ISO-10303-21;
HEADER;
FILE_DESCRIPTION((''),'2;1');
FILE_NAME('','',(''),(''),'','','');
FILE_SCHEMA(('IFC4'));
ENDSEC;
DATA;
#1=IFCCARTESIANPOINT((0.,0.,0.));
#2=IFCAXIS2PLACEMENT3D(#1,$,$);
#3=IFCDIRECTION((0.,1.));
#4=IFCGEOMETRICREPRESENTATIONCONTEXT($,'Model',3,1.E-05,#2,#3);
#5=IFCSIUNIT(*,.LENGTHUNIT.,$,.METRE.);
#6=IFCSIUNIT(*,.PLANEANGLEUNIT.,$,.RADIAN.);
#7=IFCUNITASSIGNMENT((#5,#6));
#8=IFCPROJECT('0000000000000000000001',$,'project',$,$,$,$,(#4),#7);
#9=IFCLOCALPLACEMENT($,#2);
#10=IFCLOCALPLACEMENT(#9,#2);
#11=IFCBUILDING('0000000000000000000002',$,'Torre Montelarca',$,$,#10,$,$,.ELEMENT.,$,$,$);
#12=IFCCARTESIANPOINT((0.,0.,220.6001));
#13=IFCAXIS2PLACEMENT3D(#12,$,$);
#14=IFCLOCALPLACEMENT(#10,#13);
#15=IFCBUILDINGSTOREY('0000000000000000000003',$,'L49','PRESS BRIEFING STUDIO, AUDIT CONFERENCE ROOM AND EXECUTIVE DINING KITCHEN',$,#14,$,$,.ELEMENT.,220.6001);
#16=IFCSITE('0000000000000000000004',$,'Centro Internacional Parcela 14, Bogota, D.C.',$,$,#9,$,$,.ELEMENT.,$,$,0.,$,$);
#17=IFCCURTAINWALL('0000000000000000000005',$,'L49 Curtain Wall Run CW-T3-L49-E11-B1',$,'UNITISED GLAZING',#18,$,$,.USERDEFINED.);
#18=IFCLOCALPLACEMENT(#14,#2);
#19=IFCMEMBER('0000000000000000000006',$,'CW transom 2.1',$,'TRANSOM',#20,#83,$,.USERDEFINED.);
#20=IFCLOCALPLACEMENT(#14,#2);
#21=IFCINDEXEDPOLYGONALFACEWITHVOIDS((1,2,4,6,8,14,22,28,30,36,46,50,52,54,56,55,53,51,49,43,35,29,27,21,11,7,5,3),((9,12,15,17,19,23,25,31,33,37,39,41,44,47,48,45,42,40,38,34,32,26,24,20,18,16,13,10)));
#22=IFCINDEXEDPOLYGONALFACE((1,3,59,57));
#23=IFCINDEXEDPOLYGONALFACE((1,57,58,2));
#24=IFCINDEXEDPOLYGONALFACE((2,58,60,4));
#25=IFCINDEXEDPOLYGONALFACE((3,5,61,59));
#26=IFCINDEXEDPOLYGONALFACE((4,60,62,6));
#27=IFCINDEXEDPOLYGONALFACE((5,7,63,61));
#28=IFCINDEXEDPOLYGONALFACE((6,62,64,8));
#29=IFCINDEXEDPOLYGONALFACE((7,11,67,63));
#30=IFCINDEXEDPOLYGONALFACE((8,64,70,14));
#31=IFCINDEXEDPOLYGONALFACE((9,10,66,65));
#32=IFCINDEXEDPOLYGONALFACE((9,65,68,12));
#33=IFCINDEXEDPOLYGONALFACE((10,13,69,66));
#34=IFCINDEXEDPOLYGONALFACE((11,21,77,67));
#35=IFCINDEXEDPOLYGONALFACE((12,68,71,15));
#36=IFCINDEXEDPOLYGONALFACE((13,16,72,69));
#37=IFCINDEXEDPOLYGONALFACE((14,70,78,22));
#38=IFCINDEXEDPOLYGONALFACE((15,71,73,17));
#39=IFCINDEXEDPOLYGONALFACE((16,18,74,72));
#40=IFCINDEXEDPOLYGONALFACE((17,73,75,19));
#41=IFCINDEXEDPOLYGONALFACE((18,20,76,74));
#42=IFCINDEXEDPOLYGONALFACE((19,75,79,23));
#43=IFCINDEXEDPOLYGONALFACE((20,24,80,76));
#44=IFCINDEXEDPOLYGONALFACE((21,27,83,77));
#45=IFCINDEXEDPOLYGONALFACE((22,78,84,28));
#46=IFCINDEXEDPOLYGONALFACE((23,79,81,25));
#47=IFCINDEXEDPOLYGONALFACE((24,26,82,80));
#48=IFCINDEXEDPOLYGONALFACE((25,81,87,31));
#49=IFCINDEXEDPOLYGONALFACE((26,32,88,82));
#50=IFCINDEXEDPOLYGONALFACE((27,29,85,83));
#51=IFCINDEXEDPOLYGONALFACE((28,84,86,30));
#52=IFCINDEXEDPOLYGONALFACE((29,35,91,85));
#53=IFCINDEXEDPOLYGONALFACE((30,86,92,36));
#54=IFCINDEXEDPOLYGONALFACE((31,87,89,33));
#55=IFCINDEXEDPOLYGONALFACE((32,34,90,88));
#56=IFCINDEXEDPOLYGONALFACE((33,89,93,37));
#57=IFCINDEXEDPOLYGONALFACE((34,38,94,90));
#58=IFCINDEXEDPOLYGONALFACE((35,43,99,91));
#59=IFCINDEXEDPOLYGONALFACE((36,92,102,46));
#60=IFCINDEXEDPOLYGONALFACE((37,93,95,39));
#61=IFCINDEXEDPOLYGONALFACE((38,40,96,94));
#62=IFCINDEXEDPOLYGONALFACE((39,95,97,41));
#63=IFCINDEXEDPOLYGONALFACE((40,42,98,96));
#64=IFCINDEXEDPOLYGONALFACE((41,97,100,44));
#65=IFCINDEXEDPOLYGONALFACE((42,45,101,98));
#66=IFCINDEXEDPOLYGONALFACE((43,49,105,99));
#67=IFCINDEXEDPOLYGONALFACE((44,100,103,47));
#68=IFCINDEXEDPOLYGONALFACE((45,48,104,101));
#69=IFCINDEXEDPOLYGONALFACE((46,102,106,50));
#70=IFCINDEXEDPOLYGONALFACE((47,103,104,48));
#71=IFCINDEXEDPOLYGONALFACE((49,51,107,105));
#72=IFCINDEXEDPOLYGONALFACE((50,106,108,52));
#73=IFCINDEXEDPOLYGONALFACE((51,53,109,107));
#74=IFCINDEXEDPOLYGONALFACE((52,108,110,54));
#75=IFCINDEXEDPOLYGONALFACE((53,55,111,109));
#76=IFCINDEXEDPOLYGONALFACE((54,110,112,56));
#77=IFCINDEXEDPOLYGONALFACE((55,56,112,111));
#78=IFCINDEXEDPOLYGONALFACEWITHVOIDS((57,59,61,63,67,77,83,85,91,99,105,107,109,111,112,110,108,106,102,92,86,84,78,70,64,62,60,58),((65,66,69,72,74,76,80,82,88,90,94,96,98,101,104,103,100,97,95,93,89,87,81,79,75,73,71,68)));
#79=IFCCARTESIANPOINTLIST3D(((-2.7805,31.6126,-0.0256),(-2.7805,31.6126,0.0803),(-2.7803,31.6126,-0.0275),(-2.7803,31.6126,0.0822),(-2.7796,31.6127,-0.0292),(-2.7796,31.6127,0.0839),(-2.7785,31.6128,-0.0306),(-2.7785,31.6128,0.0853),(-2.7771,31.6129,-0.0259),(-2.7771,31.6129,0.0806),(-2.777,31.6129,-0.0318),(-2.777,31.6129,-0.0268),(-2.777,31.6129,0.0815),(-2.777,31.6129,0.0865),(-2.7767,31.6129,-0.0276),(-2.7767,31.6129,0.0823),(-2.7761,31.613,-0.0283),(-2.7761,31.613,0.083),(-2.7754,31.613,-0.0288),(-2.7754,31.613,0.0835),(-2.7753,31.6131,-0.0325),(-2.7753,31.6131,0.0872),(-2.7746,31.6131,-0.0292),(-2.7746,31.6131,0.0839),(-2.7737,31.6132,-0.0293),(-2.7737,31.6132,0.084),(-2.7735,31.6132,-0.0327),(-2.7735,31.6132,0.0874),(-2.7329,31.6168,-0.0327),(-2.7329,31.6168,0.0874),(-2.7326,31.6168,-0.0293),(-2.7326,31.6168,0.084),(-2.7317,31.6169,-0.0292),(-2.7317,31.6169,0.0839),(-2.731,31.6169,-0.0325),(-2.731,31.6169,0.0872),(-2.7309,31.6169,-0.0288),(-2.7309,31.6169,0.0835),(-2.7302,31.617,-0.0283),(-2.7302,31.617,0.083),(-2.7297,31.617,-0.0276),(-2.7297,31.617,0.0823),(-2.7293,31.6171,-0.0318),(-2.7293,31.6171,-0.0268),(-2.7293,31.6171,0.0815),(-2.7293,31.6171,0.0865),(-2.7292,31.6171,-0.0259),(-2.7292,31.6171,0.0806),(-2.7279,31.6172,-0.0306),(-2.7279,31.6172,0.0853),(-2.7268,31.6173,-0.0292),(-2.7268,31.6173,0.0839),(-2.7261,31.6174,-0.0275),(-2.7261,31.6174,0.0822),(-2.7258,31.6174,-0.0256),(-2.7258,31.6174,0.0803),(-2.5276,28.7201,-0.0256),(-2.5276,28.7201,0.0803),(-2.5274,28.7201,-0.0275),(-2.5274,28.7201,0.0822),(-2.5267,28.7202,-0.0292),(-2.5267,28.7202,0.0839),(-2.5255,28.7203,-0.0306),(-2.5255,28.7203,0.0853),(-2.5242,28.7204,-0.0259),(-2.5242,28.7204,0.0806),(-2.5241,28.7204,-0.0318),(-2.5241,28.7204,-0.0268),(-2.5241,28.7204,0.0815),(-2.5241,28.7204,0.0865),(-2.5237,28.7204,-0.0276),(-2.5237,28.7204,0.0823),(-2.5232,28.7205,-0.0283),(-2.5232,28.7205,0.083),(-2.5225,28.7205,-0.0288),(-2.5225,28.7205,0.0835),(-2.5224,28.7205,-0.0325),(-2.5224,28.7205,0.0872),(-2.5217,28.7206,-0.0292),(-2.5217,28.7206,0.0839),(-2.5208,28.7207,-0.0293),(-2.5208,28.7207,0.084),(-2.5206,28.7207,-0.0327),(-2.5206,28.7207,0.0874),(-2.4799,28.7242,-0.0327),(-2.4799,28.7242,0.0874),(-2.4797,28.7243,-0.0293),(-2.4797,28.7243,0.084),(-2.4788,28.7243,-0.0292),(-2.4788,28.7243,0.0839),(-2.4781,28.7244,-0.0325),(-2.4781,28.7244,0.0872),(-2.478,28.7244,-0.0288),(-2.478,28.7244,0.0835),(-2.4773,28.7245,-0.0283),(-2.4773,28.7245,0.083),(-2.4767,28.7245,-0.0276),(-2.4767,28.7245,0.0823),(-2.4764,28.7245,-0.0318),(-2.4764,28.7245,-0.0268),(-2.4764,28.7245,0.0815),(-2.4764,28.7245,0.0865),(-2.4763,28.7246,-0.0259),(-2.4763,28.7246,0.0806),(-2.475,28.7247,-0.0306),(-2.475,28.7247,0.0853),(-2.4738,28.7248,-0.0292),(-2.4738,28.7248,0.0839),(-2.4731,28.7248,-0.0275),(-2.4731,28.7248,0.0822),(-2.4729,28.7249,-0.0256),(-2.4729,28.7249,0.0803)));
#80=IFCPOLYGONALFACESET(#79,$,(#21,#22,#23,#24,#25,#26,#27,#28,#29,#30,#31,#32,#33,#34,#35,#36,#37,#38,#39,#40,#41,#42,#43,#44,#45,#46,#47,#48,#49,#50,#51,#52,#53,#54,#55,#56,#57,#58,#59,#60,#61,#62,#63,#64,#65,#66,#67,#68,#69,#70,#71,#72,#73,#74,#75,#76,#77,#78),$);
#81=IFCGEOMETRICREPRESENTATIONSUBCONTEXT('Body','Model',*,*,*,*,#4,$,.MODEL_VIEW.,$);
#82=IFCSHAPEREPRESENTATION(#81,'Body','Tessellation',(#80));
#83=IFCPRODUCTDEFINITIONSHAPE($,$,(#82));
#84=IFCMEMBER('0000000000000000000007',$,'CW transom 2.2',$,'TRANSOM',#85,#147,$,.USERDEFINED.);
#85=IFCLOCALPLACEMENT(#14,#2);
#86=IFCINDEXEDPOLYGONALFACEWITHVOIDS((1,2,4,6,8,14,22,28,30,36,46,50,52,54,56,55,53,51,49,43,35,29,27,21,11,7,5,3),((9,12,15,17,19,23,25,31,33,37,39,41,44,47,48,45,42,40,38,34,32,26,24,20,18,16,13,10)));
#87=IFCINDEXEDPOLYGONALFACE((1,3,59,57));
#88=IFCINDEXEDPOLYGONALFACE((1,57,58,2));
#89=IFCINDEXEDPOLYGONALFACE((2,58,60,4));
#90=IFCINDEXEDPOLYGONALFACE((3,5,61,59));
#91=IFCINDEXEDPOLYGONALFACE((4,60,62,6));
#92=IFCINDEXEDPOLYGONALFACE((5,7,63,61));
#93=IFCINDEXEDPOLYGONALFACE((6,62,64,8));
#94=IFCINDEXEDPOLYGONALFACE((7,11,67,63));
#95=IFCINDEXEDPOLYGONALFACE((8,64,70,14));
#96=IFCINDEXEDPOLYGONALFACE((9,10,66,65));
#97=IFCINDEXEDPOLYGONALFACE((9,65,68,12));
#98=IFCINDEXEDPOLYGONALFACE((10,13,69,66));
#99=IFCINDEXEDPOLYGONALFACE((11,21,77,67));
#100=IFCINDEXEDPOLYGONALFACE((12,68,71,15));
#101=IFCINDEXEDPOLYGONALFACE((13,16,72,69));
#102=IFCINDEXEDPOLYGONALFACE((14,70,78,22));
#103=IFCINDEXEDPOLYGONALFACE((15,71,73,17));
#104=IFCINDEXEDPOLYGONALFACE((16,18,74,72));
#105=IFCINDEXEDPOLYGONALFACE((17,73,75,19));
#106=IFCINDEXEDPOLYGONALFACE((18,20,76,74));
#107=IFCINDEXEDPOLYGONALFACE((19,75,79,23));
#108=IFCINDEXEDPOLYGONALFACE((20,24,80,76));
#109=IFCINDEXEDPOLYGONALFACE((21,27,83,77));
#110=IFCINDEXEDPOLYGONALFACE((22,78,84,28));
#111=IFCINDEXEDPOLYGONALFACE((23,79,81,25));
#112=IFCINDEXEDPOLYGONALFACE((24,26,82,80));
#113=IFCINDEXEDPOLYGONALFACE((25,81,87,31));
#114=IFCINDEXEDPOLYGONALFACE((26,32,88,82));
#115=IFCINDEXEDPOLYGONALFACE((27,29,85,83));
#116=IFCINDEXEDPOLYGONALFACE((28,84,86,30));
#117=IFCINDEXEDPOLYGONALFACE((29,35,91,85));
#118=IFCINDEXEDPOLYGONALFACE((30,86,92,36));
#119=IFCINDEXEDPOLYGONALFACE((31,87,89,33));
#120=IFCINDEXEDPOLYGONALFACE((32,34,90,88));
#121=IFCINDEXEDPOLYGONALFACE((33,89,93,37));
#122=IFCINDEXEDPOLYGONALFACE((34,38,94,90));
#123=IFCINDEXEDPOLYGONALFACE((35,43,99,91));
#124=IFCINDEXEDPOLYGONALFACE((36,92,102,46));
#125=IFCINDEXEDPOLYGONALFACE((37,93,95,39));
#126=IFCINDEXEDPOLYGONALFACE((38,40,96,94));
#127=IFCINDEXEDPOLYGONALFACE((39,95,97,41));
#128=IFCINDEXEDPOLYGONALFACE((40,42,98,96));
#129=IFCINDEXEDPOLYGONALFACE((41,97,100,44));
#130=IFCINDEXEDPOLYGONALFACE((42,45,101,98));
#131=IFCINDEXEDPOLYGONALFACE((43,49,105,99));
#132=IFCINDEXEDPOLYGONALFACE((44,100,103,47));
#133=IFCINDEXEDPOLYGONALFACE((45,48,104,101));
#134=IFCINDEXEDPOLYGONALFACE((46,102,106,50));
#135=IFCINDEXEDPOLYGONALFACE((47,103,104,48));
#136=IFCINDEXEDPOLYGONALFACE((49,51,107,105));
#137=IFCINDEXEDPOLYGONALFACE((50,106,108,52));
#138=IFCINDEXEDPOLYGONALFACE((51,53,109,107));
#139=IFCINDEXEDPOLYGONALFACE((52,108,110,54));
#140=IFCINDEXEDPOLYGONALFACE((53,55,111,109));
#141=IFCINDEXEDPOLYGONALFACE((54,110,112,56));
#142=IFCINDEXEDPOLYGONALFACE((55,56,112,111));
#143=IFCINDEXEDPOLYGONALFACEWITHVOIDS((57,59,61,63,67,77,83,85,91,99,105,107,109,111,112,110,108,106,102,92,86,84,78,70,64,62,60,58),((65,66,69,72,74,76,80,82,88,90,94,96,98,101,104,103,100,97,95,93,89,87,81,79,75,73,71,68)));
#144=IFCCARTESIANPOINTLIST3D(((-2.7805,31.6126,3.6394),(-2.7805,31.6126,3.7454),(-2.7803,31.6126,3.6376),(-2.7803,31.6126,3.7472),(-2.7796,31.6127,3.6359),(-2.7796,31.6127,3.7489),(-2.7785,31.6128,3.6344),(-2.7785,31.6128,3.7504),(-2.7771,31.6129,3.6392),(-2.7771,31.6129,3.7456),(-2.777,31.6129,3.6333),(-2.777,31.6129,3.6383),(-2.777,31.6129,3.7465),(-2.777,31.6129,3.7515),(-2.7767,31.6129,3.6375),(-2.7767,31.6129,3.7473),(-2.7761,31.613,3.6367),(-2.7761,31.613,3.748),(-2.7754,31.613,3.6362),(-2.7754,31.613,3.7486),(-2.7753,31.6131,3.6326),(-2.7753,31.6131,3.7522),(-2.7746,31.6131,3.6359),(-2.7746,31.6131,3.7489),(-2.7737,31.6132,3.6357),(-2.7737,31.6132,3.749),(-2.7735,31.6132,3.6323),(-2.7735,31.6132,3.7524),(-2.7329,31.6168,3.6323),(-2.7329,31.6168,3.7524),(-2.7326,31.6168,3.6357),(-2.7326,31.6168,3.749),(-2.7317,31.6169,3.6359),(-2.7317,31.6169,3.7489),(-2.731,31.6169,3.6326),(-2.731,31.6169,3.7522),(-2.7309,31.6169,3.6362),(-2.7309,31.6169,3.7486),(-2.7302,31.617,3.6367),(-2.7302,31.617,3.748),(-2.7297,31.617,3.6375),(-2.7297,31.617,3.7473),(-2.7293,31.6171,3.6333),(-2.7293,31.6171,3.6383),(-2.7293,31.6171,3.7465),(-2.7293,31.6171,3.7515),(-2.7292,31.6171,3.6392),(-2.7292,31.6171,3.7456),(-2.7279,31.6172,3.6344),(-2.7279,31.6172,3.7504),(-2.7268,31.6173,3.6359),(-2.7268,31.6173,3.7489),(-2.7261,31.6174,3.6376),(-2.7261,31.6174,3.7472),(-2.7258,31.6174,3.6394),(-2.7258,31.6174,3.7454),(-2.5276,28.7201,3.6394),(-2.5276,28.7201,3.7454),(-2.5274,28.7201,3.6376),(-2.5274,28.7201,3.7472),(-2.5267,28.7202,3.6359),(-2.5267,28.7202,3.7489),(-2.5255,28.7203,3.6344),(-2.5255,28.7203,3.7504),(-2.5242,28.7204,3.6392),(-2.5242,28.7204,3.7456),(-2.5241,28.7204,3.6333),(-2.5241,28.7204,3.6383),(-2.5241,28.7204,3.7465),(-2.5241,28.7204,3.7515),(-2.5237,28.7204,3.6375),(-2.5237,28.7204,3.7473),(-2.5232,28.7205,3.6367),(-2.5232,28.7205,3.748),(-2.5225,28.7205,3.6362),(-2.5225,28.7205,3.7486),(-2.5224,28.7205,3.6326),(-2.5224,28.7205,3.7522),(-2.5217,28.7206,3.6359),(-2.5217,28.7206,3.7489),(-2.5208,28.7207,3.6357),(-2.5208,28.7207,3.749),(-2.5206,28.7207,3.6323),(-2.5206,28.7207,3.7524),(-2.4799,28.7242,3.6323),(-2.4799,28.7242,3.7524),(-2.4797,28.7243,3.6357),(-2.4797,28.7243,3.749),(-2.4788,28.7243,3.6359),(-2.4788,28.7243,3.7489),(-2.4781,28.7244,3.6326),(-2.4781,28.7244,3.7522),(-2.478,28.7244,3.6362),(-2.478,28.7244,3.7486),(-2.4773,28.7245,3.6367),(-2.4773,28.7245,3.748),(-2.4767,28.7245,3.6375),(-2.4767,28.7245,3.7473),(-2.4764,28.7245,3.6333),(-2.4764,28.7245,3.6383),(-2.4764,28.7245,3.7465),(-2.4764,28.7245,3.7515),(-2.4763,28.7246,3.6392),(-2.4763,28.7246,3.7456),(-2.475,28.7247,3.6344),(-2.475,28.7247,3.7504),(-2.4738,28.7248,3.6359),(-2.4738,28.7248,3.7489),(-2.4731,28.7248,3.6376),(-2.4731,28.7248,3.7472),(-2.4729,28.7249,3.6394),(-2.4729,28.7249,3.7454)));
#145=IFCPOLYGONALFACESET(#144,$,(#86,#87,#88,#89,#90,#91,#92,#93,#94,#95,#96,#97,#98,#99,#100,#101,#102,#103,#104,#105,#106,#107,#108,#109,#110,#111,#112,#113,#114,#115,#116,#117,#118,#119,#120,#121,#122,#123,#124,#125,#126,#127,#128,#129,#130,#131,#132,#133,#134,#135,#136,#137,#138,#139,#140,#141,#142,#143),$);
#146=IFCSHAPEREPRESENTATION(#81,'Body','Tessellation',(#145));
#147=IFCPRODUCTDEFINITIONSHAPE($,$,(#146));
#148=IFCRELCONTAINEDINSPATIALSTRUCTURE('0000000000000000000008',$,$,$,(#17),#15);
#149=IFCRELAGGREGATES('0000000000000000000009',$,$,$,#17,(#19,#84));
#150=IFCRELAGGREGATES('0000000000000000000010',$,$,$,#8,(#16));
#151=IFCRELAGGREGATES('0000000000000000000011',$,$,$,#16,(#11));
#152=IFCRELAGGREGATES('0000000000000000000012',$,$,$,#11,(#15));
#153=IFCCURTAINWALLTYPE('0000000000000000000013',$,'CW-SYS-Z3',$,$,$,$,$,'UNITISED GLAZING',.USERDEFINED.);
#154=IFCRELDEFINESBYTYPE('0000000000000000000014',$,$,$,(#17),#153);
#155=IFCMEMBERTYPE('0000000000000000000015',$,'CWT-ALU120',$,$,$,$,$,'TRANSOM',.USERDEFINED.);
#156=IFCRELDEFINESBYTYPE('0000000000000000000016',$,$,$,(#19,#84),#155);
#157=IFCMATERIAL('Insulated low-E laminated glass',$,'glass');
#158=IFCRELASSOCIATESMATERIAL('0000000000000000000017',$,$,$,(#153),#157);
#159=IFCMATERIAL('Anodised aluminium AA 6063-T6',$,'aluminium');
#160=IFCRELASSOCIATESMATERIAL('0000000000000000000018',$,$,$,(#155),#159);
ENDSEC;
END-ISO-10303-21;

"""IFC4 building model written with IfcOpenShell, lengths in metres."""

from ifc_helpers import new_model, si_unit, direction, frame, origin, origin_2d, place, context, subcontext, project, spatial, hollow_rectangle, extrude, source, transform, mapped, material, material_profile, profile_set, type_object, element, aggregate, save


model = new_model("IFC4")

# Units and contexts
model_context = context("Model", 3, precision=1e-05, world=origin(), true_north=direction((0.0, 1.0)))
body_context = subcontext(model_context, "Body", "Model", "MODEL_VIEW")
ifc_project = project(units=[si_unit("LENGTHUNIT", "METRE"), si_unit("PLANEANGLEUNIT", "RADIAN")], contexts=[model_context])

# Site, building, storey
site_placement = place(None, origin())
site = spatial("IfcSite", under=ifc_project, at=site_placement, Name="Centro Internacional Parcela 14, Bogota, D.C.", CompositionType="ELEMENT", RefElevation=0.0)
building_placement = place(site_placement, origin())
building = spatial("IfcBuilding", under=site, at=building_placement, Name="Torre Montelarca", CompositionType="ELEMENT")
storey_placement = place(building_placement, frame((0.0, 0.0, 220.6001)))
storey = spatial("IfcBuildingStorey", under=building, at=storey_placement, Name="L49", Description="PRESS BRIEFING STUDIO, AUDIT CONFERENCE ROOM AND EXECUTIVE DINING KITCHEN", CompositionType="ELEMENT", Elevation=220.6001)

# Curtain wall, members
ifc_material_1 = material(Name="Insulated low-E laminated glass", Category="glass")
curtain_wall_type = type_object("IfcCurtainWallType", Name="CW-SYS-Z3", ElementType="UNITISED GLAZING", PredefinedType="USERDEFINED", material=ifc_material_1)
curtain_wall_1_placement = place(storey_placement, origin())
curtain_wall_1 = element("IfcCurtainWall", 1, at=curtain_wall_1_placement, inside=storey, type_object=curtain_wall_type, Name="L49 Curtain Wall Run CW-T3-L49-E11-B1", ObjectType="UNITISED GLAZING", PredefinedType="USERDEFINED")
ifc_material_2 = material(Name="Anodised aluminium AA 6063-T6", Category="aluminium")
ifc_material_profile_1 = material_profile(ifc_material_2, hollow_rectangle(XDim=0.0549, YDim=0.1201, WallThickness=0.0034, InnerFilletRadius=0.0034, OuterFilletRadius=0.0071, at=origin_2d()), Name="ALU55X120X3.5", Category="aluminium")
ifc_profile_set_1 = profile_set([ifc_material_profile_1], Name="Anodised aluminium AA 6063-T6")
member_type_1 = type_object("IfcMemberType", Name="CWT-ALU120", ElementType="TRANSOM", PredefinedType="USERDEFINED", material=ifc_profile_set_1)
shared_shape_1 = source(origin(), body_context, "Body", "SweptSolid", [
    extrude(hollow_rectangle(XDim=0.0549, YDim=0.1201, WallThickness=0.0034, InnerFilletRadius=0.0034, OuterFilletRadius=0.0071, at=origin_2d()), origin(), (0.0, 0.0, 1.0), 2.9036),
])
member_1_placement = place(storey_placement, frame((-2.7532, 31.615, 0.0273), z_axis=(0.087109, -0.996199, 0.0), x_axis=(0.996199, 0.087109, 0.0)))
member_1 = element("IfcMember", 2, at=member_1_placement, type_object=member_type_1, Name="CW transom 2.1", ObjectType="TRANSOM", PredefinedType="USERDEFINED", context=body_context, shape_type="MappedRepresentation", body=[
    mapped(shared_shape_1, transform((0.0, 0.0, 0.0), scale=1.0)),
])
member_2_placement = place(storey_placement, frame((-2.7532, 31.615, 3.6924), z_axis=(0.087109, -0.996199, 0.0), x_axis=(0.996199, 0.087109, 0.0)))
member_2 = element("IfcMember", 3, at=member_2_placement, type_object=member_type_1, Name="CW transom 2.2", ObjectType="TRANSOM", PredefinedType="USERDEFINED", context=body_context, shape_type="MappedRepresentation", body=[
    mapped(shared_shape_1, transform((0.0, 0.0, 0.0), scale=1.0)),
])

aggregate(curtain_wall_1, [member_1, member_2])

save(model, "model.ifc")
